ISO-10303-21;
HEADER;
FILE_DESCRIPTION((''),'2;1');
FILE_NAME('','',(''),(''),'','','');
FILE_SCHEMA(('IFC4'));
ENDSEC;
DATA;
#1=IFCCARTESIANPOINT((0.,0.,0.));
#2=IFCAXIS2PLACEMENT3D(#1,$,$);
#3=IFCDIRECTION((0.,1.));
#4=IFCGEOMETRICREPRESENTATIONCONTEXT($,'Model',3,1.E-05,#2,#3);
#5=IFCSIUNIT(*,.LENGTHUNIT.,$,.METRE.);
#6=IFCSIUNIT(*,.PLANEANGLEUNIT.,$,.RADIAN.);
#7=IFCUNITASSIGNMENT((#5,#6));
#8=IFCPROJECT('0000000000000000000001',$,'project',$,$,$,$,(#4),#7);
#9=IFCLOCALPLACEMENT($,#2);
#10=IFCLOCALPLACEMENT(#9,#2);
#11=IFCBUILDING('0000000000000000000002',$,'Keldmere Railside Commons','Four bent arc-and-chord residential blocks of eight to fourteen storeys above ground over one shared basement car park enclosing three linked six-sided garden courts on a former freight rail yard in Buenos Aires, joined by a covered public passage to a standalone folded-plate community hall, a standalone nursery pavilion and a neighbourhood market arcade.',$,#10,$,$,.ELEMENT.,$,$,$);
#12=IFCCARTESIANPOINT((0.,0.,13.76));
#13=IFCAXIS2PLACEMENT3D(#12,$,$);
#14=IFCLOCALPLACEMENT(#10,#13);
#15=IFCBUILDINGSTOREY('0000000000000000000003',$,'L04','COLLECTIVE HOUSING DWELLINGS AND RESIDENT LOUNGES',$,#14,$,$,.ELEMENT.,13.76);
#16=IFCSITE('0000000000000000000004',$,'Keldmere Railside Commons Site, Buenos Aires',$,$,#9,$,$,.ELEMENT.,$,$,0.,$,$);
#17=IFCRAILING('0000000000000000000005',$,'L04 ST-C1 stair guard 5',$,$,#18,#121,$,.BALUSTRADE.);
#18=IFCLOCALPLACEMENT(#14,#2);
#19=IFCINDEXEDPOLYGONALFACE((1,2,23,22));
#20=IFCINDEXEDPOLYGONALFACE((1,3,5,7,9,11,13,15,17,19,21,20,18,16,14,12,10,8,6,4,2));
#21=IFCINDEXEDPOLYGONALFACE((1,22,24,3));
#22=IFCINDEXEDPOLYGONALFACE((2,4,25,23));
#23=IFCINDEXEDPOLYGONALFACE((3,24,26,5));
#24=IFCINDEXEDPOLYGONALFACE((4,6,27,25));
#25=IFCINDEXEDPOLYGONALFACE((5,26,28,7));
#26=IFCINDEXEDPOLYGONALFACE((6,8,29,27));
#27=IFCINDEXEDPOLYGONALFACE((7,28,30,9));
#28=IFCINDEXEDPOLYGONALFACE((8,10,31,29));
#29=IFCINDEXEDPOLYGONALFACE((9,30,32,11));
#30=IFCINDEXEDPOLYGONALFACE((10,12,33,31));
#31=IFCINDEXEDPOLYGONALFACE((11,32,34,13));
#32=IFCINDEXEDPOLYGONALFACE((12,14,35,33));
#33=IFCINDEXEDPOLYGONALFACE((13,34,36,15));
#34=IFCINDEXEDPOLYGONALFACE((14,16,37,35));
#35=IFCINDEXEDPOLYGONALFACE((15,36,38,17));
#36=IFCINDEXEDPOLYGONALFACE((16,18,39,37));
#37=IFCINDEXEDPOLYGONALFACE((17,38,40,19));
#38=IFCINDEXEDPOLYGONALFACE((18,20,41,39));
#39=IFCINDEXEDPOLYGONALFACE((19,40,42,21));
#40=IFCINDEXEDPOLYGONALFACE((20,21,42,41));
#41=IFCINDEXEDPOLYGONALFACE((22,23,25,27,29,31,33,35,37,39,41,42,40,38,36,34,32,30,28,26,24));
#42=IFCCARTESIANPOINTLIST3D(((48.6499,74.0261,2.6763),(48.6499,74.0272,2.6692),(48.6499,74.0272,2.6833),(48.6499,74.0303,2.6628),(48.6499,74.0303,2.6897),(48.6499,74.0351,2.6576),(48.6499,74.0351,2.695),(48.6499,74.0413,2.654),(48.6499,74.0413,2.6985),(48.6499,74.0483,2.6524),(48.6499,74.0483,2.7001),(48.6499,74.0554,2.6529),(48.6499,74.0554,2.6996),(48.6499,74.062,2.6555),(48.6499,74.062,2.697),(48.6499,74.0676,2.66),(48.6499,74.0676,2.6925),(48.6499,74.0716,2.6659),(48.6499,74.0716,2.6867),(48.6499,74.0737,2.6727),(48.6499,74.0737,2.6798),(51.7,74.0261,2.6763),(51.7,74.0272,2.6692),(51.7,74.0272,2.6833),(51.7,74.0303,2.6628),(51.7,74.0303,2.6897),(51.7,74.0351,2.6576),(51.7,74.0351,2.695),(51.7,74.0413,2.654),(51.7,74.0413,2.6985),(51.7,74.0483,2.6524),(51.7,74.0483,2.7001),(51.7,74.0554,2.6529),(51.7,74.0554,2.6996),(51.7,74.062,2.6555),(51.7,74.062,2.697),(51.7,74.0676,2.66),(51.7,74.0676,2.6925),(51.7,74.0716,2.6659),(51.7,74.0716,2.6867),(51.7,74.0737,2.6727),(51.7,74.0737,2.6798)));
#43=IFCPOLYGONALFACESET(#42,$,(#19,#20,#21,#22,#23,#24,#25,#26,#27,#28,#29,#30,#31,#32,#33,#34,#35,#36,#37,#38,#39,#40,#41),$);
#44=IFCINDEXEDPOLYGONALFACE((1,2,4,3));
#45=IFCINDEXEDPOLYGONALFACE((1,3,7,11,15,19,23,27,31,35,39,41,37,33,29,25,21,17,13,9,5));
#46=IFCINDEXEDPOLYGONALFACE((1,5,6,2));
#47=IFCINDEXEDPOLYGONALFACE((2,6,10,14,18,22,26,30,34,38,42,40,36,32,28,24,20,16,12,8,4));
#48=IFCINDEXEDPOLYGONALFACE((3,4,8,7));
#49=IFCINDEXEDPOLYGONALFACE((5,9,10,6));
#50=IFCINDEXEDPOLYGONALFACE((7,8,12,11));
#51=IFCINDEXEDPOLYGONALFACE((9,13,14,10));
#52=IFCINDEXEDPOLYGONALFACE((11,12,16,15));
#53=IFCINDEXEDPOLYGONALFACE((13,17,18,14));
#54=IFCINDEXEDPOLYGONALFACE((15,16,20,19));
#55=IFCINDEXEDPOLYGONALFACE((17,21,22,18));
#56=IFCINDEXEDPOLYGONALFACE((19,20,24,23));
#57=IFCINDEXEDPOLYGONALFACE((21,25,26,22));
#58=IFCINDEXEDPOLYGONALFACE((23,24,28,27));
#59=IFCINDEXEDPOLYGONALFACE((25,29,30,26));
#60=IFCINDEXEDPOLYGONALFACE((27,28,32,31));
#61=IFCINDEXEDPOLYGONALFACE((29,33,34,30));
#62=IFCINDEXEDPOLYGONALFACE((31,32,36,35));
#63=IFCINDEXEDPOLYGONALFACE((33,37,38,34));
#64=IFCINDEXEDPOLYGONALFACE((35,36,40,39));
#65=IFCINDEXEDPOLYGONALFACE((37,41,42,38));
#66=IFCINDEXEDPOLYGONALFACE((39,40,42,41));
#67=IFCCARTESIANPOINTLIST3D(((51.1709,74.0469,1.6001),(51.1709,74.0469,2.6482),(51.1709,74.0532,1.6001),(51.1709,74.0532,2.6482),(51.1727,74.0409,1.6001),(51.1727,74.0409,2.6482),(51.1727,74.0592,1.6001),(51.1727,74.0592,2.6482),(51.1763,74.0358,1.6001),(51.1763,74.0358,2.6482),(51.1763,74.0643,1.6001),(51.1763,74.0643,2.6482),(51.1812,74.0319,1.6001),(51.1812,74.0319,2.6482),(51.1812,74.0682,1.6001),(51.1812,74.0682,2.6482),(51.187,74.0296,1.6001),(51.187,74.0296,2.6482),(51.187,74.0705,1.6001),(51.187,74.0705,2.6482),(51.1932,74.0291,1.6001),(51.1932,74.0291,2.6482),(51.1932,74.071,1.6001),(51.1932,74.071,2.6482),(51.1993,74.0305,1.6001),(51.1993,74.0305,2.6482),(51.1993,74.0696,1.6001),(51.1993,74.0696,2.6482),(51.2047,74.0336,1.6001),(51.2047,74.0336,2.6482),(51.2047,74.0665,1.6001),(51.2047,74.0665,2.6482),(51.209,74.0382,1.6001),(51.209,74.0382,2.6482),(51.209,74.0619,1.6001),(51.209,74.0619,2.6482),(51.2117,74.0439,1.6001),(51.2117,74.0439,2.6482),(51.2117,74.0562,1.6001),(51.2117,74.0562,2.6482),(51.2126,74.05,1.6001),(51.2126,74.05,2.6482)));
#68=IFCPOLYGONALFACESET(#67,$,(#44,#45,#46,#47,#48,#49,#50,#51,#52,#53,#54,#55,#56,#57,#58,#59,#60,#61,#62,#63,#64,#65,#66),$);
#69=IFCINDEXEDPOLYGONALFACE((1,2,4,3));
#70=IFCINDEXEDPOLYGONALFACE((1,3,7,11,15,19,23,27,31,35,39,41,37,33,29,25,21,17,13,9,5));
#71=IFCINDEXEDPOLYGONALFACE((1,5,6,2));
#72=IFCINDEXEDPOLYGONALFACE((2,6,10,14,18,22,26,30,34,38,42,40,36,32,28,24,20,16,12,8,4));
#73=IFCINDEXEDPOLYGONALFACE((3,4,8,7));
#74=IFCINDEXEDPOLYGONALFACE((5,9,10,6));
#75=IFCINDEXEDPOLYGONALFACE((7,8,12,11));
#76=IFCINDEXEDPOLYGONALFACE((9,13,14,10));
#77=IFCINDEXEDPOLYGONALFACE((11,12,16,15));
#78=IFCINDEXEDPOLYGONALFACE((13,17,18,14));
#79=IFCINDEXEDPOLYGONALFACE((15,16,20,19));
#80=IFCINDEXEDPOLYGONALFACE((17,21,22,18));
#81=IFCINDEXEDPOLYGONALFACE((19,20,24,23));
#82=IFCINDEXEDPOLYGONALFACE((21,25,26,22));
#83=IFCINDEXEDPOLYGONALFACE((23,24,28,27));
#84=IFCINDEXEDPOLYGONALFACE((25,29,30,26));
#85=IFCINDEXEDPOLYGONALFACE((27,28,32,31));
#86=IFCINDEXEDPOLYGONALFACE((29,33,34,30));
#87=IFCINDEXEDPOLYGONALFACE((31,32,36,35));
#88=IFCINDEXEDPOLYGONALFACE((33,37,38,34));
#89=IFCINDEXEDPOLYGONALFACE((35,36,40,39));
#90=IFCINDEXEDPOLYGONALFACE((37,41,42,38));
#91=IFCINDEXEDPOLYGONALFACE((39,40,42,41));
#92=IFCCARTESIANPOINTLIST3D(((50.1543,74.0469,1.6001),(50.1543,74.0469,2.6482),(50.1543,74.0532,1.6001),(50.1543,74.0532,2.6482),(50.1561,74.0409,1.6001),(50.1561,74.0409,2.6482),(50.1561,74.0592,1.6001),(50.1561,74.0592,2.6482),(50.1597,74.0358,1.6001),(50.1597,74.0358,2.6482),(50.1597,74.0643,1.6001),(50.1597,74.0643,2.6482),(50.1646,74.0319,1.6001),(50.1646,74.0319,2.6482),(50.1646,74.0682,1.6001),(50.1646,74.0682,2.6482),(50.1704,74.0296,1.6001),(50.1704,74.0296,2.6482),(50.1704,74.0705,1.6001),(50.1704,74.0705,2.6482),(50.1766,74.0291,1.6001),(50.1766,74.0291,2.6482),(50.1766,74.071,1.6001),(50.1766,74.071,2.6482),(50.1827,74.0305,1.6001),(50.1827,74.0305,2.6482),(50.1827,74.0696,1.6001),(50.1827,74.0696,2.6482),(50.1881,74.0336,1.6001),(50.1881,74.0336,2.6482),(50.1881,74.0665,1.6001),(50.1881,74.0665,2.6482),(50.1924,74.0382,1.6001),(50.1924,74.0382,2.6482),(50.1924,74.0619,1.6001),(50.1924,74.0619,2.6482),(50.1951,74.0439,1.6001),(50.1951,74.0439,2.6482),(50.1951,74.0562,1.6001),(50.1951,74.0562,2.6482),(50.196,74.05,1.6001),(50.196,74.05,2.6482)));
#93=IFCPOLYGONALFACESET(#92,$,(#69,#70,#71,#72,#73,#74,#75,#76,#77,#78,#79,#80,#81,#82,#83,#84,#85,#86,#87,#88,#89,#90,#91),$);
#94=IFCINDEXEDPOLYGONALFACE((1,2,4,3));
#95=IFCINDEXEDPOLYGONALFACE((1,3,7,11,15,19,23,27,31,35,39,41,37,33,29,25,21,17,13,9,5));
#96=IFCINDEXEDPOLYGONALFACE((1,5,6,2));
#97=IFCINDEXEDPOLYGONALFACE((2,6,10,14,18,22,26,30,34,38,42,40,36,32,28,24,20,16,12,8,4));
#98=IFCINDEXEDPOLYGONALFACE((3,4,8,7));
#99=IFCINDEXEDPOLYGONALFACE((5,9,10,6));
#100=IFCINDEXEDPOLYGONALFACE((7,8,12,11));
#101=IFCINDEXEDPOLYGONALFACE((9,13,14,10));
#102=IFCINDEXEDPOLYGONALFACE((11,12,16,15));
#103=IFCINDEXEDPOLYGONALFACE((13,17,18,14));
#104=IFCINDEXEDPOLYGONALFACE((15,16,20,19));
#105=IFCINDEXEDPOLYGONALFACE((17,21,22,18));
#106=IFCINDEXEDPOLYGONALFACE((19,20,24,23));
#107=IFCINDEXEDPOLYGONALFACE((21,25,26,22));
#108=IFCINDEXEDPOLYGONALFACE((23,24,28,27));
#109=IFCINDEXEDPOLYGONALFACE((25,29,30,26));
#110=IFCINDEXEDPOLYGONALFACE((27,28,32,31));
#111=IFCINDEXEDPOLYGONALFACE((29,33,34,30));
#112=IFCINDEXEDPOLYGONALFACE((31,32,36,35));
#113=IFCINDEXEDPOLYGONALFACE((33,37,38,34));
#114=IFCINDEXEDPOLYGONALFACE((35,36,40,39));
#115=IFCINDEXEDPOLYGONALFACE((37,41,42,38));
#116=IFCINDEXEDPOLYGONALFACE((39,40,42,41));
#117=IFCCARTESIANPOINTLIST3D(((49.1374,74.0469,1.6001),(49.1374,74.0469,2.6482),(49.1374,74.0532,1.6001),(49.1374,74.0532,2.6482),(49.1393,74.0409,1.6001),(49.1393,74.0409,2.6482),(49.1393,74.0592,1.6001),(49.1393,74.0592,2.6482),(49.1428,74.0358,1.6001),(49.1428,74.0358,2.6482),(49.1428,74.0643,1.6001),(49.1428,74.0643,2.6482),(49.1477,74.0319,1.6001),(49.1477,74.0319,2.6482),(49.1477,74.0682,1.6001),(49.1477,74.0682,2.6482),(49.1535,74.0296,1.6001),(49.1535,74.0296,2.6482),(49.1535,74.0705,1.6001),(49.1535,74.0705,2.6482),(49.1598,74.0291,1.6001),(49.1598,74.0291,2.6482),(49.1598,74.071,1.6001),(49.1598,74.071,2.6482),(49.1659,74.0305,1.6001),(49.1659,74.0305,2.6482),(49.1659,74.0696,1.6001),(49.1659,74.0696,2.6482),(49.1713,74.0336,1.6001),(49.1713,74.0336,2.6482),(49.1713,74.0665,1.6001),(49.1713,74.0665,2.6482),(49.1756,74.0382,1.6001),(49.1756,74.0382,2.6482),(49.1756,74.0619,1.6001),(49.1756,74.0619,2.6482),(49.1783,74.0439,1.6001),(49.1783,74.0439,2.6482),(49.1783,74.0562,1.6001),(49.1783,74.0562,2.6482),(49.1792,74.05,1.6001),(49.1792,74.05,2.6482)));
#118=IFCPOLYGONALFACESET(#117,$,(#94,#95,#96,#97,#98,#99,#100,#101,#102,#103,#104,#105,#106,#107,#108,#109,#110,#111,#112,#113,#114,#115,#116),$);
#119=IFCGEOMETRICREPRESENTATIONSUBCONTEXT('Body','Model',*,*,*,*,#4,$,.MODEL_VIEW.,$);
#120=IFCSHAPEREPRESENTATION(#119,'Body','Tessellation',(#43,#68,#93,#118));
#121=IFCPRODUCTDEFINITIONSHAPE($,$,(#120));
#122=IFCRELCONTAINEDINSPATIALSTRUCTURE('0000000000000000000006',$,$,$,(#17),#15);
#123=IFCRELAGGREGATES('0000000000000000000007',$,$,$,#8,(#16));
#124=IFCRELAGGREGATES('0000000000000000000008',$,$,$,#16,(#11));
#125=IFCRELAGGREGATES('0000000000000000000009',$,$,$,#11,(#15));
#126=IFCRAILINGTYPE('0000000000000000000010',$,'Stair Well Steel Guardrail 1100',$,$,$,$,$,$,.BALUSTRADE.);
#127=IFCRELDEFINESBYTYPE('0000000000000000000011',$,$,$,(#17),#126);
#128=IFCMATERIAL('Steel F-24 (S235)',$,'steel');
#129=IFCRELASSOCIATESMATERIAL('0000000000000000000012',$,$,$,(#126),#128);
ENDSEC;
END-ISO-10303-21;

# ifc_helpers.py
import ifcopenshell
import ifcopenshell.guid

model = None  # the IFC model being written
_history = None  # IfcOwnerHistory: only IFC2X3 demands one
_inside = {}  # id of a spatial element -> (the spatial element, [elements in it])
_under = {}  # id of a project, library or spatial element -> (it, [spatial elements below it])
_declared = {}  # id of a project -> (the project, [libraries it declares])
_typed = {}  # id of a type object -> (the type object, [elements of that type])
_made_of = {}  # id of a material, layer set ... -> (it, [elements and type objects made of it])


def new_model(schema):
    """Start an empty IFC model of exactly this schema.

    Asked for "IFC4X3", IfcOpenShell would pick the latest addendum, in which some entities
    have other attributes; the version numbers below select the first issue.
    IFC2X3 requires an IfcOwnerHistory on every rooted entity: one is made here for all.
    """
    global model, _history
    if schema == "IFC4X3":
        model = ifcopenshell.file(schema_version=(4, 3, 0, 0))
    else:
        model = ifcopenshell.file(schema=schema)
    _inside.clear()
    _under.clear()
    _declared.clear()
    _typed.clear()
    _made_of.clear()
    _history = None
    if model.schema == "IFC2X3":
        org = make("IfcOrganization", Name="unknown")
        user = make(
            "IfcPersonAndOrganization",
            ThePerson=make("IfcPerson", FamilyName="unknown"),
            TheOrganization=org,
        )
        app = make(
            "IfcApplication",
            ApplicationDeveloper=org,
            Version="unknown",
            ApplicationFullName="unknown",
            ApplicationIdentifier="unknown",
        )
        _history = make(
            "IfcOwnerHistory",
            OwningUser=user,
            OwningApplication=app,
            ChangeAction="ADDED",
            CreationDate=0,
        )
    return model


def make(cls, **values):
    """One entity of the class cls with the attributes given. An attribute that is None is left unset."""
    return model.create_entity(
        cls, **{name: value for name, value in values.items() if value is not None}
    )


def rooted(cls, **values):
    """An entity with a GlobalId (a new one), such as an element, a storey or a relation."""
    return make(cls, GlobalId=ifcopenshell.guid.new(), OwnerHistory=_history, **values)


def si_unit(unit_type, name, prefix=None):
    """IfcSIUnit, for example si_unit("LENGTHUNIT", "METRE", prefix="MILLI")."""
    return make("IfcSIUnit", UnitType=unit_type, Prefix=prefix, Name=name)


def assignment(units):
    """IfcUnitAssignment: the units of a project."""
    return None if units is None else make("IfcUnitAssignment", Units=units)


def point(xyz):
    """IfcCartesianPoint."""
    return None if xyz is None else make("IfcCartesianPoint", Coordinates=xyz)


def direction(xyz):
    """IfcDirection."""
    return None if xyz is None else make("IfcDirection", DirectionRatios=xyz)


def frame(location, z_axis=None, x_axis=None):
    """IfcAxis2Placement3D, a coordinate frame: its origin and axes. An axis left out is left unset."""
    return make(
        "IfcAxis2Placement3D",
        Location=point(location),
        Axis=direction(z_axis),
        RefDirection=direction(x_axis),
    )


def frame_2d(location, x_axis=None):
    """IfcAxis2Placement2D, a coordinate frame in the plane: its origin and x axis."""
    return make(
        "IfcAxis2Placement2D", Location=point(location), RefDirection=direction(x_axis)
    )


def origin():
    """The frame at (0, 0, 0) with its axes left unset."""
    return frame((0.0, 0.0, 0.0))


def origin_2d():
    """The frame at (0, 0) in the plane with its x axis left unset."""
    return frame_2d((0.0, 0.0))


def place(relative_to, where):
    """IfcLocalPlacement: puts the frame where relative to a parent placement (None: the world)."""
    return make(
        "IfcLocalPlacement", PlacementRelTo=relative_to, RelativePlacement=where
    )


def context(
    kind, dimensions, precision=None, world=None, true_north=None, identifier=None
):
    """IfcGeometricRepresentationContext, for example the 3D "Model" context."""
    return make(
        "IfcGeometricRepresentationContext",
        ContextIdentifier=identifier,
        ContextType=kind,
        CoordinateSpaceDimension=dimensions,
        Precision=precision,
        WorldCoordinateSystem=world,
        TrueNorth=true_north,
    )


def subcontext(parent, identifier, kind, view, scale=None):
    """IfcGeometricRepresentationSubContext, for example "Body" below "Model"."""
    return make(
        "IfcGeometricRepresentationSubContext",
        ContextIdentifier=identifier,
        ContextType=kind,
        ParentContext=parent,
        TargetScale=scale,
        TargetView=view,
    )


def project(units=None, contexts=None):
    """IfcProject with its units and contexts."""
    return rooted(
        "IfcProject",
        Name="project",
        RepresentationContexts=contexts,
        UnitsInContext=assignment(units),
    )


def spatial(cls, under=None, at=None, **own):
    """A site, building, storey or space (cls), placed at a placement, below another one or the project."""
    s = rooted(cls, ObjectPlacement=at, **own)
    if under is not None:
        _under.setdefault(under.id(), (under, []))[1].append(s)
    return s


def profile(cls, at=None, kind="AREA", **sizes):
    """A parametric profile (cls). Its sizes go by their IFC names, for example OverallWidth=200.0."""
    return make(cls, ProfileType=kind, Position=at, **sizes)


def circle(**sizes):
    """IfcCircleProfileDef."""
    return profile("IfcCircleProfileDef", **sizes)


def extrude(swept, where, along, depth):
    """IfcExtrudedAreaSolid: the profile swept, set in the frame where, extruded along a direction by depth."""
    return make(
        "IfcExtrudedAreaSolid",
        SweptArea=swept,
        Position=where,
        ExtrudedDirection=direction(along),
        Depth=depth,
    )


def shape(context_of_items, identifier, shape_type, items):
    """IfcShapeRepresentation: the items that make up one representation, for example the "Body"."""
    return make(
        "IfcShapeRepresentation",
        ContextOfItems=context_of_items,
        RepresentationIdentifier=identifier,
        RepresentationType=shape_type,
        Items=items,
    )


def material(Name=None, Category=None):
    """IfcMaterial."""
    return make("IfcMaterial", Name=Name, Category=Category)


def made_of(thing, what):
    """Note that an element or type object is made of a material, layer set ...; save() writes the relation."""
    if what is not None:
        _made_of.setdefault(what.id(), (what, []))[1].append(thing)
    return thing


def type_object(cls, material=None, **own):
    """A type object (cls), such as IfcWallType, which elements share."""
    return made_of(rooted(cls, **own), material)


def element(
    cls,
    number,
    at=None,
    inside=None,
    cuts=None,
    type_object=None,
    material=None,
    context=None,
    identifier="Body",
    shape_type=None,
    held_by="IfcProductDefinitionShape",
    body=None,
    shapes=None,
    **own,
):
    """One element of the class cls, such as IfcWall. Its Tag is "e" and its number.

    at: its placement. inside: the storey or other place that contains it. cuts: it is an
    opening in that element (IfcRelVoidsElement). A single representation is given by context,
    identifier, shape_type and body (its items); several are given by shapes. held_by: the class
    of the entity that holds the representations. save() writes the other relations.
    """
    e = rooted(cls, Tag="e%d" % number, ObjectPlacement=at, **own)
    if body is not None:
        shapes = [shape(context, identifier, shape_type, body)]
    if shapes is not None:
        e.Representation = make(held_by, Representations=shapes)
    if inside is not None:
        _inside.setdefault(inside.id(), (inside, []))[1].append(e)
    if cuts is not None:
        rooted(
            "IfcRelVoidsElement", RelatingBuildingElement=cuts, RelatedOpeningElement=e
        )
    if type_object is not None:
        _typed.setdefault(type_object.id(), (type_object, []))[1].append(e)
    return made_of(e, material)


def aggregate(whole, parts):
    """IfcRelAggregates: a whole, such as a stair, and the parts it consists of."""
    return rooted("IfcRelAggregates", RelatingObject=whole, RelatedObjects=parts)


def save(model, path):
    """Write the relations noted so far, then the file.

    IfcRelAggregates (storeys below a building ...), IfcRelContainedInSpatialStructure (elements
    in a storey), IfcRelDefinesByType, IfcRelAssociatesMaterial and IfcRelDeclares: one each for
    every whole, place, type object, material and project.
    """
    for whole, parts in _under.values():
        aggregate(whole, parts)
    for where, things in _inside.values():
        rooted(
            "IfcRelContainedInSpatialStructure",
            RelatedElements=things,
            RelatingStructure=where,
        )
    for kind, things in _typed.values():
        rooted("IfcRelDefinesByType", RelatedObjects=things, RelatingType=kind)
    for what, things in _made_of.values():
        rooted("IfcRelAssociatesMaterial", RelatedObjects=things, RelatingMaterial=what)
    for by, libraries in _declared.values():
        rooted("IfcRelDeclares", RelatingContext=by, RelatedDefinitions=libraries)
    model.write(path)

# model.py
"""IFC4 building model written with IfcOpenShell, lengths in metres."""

from ifc_helpers import new_model, si_unit, direction, frame, origin, origin_2d, place, context, subcontext, project, spatial, circle, extrude, material, type_object, element, save


model = new_model("IFC4")

# Units and contexts
model_context = context("Model", 3, precision=1e-05, world=origin(), true_north=direction((0.0, 1.0)))
body_context = subcontext(model_context, "Body", "Model", "MODEL_VIEW")
ifc_project = project(units=[si_unit("LENGTHUNIT", "METRE"), si_unit("PLANEANGLEUNIT", "RADIAN")], contexts=[model_context])

# Site, building, storey
site_placement = place(None, origin())
site = spatial("IfcSite", under=ifc_project, at=site_placement, Name="Keldmere Railside Commons Site, Buenos Aires", CompositionType="ELEMENT", RefElevation=0.0)
building_placement = place(site_placement, origin())
building = spatial("IfcBuilding", under=site, at=building_placement, Name="Keldmere Railside Commons", Description="Four bent arc-and-chord residential blocks of eight to fourteen storeys above ground over one shared basement car park enclosing three linked six-sided garden courts on a former freight rail yard in Buenos Aires, joined by a covered public passage to a standalone folded-plate community hall, a standalone nursery pavilion and a neighbourhood market arcade.", CompositionType="ELEMENT")
storey_placement = place(building_placement, frame((0.0, 0.0, 13.76)))
storey = spatial("IfcBuildingStorey", under=building, at=storey_placement, Name="L04", Description="COLLECTIVE HOUSING DWELLINGS AND RESIDENT LOUNGES", CompositionType="ELEMENT", Elevation=13.76)

# Shared definitions
ifc_material_1 = material(Name="Steel F-24 (S235)", Category="steel")

# Railing
railing_type_1 = type_object("IfcRailingType", Name="Stair Well Steel Guardrail 1100", PredefinedType="BALUSTRADE", material=ifc_material_1)
railing_1_placement = place(storey_placement, frame((51.7, 74.05, 1.6001)))
element("IfcRailing", 1, at=railing_1_placement, inside=storey, type_object=railing_type_1, Name="L04 ST-C1 stair guard 5", PredefinedType="BALUSTRADE", context=body_context, shape_type="SweptSolid", body=[
    extrude(circle(Radius=0.0239, at=origin_2d()), frame((0.0, 0.0, 1.0762), z_axis=(-1.0, 0.0, 0.0), x_axis=(0.0, -1.0, 0.0)), (0.0, 0.0, 1.0), 3.05),
    extrude(circle(Radius=0.021, at=origin_2d()), frame((-0.5083, 0.0, 0.0)), (0.0, 0.0, 1.0), 1.0481),
    extrude(circle(Radius=0.021, at=origin_2d()), frame((-1.5249, 0.0, 0.0)), (0.0, 0.0, 1.0), 1.0481),
    extrude(circle(Radius=0.021, at=origin_2d()), frame((-2.5417, 0.0, 0.0)), (0.0, 0.0, 1.0), 1.0481),
])

save(model, "model.ifc")
